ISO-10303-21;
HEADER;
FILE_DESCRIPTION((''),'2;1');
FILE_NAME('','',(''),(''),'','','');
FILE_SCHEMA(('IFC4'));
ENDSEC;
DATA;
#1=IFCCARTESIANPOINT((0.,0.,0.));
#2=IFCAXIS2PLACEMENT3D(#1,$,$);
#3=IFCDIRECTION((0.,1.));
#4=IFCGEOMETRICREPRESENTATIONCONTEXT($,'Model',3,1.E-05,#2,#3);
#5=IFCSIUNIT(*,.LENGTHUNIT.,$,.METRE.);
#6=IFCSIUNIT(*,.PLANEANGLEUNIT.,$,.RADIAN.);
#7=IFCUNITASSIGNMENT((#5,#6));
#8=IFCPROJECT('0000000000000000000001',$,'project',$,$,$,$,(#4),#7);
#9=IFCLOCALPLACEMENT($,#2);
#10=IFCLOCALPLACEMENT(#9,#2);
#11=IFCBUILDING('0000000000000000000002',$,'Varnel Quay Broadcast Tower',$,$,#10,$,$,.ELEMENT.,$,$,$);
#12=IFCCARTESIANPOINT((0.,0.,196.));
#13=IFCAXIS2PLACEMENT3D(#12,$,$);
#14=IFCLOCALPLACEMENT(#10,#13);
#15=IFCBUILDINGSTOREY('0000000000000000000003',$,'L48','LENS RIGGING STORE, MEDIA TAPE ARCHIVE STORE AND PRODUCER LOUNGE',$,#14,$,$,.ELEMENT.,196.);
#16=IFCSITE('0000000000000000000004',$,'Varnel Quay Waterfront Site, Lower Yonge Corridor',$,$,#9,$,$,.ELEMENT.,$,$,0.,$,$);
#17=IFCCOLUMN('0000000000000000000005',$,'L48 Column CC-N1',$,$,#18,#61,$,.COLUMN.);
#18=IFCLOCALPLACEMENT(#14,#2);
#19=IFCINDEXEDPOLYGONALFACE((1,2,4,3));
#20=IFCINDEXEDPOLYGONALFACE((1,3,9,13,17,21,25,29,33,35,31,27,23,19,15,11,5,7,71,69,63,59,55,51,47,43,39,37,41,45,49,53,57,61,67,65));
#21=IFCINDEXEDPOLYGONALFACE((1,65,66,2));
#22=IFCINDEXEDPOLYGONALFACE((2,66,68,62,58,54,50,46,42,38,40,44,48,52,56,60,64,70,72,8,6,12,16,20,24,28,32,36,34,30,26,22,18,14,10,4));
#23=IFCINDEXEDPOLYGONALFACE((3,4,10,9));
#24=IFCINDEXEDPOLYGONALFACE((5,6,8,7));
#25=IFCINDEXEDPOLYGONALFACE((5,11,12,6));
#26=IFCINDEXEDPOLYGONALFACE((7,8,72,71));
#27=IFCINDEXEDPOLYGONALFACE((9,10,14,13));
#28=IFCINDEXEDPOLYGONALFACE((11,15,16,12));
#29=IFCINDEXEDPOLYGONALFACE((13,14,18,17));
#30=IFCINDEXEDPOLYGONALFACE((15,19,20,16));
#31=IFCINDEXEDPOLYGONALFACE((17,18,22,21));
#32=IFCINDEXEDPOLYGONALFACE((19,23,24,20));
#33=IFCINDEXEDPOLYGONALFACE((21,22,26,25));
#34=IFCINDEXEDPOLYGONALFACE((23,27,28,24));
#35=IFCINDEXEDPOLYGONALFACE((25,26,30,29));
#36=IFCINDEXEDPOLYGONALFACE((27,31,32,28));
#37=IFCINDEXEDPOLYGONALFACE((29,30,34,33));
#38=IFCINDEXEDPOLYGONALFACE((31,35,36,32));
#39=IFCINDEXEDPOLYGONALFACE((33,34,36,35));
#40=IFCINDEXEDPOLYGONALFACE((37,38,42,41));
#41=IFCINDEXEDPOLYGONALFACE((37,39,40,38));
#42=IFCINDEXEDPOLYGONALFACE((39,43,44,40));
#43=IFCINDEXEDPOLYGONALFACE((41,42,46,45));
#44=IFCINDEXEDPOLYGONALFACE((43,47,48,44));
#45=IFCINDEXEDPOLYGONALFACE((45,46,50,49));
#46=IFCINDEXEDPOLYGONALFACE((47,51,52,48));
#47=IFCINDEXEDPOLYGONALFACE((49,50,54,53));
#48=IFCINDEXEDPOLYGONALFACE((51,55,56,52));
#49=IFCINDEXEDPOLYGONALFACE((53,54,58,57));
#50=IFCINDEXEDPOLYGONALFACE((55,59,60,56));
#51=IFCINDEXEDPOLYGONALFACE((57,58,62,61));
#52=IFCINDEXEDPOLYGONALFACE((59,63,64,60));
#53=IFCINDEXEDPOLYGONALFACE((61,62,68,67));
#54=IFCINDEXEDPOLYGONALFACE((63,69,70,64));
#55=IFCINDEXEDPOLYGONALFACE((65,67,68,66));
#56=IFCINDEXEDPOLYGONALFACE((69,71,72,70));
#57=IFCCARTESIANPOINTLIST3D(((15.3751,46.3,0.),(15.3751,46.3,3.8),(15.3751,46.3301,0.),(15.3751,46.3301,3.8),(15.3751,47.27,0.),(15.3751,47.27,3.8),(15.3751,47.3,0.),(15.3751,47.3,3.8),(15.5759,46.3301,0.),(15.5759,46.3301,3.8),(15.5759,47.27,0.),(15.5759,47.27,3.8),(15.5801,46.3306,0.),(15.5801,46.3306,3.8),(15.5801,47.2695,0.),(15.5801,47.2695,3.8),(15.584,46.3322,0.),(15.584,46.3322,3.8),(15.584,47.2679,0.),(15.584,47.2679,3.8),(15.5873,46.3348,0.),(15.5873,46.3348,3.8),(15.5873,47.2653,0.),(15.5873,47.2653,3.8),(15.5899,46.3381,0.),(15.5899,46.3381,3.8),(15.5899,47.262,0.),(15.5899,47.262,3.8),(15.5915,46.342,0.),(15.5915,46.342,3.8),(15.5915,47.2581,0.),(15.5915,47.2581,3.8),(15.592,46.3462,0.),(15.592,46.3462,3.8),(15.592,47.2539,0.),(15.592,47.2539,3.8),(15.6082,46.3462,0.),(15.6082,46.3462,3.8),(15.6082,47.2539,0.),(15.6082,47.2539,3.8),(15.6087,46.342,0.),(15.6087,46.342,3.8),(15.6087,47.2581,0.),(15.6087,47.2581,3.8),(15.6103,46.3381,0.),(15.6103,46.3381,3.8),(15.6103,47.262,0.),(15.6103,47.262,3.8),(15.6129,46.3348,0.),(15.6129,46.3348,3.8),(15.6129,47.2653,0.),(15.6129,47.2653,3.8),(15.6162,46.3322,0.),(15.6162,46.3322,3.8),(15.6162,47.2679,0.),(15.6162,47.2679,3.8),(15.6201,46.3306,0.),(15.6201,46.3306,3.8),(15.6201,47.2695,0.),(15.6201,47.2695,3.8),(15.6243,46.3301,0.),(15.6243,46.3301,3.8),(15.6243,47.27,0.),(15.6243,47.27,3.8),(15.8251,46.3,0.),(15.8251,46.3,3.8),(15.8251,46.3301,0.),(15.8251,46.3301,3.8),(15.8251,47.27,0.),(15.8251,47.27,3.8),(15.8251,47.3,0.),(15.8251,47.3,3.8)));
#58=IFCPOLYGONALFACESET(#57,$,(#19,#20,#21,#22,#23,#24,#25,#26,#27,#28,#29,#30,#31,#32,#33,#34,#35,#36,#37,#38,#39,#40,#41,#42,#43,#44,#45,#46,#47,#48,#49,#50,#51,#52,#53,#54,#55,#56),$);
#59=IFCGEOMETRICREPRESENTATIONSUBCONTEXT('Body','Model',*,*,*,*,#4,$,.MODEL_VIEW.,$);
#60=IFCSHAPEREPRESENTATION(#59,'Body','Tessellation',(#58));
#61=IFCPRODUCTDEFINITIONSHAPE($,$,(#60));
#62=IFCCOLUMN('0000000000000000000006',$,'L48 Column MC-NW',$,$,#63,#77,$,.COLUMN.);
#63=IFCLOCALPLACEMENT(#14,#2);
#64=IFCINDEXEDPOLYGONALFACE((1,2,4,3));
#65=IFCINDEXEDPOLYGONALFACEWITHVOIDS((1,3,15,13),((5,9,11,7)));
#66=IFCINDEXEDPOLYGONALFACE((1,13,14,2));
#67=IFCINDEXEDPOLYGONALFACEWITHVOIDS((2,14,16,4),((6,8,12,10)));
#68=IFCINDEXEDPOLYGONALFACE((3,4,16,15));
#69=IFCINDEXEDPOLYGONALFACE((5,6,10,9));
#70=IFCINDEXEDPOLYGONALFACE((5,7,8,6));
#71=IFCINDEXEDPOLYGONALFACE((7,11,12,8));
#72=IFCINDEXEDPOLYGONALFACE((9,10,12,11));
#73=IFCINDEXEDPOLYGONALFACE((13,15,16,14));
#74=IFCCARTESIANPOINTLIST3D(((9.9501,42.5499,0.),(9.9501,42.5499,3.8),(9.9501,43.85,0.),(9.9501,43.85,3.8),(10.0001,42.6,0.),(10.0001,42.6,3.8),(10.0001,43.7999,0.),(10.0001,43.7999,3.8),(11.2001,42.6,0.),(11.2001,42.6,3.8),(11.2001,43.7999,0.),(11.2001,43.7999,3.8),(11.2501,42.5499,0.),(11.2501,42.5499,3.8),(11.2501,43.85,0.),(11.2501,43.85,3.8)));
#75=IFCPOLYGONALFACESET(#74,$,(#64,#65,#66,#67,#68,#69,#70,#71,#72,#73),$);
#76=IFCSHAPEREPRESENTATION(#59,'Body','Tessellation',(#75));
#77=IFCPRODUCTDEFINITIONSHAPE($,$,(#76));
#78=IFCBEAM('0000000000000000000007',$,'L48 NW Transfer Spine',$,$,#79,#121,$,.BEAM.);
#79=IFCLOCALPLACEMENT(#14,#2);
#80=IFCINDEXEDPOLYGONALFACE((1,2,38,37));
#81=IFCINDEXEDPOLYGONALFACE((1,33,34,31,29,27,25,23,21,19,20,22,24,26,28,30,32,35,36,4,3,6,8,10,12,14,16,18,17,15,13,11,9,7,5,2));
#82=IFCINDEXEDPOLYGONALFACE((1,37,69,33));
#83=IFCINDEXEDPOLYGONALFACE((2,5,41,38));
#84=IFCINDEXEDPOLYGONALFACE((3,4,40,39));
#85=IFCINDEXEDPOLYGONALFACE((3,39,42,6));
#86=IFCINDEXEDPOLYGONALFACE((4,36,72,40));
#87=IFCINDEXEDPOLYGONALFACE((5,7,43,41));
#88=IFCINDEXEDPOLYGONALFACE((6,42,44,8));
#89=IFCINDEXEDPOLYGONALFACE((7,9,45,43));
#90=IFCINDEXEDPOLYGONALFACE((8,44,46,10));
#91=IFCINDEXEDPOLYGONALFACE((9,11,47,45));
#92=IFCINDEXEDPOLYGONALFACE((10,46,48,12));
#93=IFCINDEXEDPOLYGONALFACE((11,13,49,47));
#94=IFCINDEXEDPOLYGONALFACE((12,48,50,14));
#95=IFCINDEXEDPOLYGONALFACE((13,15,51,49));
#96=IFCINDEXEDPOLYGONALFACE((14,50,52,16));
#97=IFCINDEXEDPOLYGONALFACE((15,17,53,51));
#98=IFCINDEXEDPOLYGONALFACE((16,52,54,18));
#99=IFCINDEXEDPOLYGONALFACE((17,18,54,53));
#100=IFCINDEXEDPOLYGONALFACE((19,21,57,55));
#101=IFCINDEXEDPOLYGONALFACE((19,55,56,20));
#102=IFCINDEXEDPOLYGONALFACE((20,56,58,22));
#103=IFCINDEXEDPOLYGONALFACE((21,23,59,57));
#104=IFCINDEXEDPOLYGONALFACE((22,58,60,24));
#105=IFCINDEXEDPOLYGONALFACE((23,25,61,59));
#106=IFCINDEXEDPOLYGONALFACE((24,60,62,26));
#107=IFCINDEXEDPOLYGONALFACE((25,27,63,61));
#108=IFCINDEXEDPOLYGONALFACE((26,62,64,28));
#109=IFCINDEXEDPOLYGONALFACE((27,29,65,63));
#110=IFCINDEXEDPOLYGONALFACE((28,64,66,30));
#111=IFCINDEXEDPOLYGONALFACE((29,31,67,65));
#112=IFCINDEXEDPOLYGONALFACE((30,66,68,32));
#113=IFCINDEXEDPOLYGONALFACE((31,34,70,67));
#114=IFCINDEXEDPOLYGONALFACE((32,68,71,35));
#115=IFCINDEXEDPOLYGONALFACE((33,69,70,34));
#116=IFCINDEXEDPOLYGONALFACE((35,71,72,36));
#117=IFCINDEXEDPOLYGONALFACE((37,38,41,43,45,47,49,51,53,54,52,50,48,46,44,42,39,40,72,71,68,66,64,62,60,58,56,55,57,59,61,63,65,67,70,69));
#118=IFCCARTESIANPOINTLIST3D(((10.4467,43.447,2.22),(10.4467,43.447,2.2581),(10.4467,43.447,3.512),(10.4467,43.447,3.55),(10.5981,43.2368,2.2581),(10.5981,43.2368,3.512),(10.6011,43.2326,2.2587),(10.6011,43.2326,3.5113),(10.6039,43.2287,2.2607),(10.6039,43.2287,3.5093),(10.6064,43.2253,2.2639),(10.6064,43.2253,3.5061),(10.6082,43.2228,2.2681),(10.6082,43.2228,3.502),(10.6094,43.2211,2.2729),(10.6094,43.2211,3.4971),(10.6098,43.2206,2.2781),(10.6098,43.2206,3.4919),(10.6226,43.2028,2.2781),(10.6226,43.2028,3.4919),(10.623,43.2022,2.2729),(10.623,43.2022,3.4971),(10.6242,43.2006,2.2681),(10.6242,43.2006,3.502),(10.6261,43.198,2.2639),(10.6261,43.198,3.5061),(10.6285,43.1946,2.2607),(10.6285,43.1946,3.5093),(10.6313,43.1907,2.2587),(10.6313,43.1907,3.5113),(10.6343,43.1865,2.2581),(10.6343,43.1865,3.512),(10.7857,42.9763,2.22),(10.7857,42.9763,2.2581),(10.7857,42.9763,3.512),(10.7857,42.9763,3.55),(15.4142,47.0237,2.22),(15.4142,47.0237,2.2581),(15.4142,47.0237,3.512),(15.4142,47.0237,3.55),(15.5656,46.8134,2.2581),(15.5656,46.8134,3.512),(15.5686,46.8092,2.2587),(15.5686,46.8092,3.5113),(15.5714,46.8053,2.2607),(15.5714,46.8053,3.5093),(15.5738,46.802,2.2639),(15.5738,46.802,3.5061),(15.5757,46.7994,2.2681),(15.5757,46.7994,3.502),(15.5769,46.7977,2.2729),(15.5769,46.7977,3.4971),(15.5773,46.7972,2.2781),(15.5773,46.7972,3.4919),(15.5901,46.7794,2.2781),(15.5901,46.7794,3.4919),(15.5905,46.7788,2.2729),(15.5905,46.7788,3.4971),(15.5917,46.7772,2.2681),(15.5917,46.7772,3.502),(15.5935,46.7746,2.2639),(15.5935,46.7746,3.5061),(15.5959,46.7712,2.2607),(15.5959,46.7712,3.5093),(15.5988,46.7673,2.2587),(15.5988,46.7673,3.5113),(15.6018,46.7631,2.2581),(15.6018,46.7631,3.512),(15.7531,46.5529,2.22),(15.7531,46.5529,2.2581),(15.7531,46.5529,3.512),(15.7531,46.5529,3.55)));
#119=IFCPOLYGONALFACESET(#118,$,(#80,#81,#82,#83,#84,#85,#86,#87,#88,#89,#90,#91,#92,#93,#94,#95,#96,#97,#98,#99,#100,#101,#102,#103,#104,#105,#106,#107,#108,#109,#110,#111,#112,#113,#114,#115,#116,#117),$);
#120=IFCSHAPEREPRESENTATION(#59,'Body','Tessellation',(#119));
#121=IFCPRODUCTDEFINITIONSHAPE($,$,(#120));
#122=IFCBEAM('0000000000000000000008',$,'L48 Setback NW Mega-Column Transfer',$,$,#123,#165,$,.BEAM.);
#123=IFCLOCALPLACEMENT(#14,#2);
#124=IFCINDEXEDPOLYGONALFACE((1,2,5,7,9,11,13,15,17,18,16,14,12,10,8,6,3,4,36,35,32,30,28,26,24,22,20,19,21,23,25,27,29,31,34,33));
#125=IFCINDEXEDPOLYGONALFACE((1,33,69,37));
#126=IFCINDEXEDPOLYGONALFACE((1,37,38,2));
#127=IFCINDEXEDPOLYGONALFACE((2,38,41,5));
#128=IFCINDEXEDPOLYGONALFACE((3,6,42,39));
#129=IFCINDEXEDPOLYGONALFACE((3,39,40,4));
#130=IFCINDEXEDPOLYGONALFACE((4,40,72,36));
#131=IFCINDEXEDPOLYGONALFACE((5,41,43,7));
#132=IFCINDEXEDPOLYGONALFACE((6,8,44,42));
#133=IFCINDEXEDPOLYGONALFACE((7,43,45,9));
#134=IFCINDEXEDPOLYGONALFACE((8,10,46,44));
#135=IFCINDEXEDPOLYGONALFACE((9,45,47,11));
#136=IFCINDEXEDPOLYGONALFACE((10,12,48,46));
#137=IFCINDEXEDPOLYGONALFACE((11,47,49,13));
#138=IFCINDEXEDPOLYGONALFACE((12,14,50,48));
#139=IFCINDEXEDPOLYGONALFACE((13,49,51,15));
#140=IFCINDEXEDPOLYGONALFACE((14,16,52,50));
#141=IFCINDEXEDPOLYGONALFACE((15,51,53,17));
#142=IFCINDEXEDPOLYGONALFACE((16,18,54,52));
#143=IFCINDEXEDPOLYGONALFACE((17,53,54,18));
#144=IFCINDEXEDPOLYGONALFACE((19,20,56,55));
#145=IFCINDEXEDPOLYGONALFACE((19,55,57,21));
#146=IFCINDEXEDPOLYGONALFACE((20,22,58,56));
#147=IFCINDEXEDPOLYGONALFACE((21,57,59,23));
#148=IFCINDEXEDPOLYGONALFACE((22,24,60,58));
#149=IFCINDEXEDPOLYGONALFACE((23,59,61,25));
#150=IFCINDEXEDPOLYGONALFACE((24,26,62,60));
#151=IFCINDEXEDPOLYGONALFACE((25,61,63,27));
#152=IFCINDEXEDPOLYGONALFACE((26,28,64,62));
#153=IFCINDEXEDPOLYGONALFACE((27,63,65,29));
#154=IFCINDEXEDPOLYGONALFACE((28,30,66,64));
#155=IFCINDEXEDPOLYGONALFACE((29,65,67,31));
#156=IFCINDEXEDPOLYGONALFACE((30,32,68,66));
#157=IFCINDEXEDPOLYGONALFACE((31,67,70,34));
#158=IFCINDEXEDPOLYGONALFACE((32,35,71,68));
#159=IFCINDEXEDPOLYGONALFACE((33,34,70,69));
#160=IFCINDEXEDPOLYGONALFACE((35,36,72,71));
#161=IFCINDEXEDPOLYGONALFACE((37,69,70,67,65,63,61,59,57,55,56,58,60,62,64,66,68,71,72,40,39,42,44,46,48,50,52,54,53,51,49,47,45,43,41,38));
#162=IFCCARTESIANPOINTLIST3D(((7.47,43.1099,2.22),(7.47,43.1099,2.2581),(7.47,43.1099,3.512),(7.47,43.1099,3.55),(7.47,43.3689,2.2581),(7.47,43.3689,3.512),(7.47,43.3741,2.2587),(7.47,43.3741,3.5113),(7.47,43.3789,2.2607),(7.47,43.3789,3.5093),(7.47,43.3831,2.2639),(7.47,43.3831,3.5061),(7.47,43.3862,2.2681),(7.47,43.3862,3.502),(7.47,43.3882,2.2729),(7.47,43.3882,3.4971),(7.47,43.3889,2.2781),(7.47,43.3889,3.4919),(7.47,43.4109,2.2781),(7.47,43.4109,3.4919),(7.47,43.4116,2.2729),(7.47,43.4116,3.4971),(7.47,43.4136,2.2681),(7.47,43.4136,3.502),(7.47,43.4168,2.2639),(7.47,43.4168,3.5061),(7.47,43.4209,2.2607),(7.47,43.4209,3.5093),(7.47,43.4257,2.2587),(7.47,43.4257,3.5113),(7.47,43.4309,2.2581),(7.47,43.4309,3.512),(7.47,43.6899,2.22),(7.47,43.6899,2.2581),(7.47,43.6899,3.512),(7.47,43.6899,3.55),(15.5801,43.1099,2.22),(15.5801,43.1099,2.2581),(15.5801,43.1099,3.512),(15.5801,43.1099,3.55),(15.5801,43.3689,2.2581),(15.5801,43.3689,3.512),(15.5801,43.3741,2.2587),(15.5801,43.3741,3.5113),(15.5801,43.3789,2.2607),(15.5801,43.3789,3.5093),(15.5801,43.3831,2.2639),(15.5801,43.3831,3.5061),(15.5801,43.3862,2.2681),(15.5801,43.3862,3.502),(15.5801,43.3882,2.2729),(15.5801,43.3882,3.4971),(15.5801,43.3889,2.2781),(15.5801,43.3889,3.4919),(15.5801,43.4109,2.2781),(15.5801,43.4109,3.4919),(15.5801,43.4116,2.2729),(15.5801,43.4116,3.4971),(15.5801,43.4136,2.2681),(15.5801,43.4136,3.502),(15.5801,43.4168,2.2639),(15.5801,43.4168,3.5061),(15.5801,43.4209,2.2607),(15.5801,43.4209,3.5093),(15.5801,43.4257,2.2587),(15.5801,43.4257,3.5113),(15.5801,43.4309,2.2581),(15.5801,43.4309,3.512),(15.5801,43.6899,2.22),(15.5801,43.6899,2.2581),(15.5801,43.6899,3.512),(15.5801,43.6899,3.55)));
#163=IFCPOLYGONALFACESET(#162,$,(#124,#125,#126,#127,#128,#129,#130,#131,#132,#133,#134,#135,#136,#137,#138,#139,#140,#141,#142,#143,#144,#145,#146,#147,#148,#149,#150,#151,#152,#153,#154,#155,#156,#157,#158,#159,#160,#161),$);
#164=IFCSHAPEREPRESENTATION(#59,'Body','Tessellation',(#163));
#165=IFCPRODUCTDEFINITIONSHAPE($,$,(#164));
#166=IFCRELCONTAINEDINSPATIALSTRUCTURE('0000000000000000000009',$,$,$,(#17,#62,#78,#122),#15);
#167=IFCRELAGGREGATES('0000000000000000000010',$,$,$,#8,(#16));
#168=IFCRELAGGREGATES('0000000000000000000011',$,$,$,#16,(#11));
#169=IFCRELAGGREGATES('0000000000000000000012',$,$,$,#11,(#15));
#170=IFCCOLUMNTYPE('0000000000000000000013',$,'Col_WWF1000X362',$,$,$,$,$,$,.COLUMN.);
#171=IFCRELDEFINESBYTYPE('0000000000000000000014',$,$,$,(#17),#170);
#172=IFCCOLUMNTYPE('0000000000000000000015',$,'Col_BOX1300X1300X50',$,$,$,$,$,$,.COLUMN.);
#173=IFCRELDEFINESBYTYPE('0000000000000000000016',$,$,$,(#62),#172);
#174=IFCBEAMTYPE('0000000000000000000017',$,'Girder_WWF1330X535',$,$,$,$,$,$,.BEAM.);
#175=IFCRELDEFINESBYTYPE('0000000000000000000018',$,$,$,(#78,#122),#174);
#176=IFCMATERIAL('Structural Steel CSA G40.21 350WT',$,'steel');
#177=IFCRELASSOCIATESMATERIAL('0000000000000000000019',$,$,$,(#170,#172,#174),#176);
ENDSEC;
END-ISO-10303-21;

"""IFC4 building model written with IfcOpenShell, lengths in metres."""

from ifc_helpers import new_model, si_unit, direction, frame, origin, origin_2d, place, context, subcontext, project, spatial, hollow_rectangle, i_section, extrude, source, transform, mapped, material, material_profile, profile_set, type_object, type_shapes, element, save


model = new_model("IFC4")

# Units and contexts
model_context = context("Model", 3, precision=1e-05, world=origin(), true_north=direction((0.0, 1.0)))
body_context = subcontext(model_context, "Body", "Model", "MODEL_VIEW")
ifc_project = project(units=[si_unit("LENGTHUNIT", "METRE"), si_unit("PLANEANGLEUNIT", "RADIAN")], contexts=[model_context])

# Site, building, storey
site_placement = place(None, origin())
site = spatial("IfcSite", under=ifc_project, at=site_placement, Name="Varnel Quay Waterfront Site, Lower Yonge Corridor", CompositionType="ELEMENT", RefElevation=0.0)
building_placement = place(site_placement, origin())
building = spatial("IfcBuilding", under=site, at=building_placement, Name="Varnel Quay Broadcast Tower", CompositionType="ELEMENT")
storey_placement = place(building_placement, frame((0.0, 0.0, 196.0)))
storey = spatial("IfcBuildingStorey", under=building, at=storey_placement, Name="L48", Description="LENS RIGGING STORE, MEDIA TAPE ARCHIVE STORE AND PRODUCER LOUNGE", CompositionType="ELEMENT", Elevation=196.0)

# Columns
ifc_material_1 = material(Name="Structural Steel CSA G40.21 350WT", Category="steel")
ifc_material_profile_1 = material_profile(ifc_material_1, i_section(OverallWidth=0.45, OverallDepth=1.0, WebThickness=0.0161, FlangeThickness=0.03, FilletRadius=0.0161, at=origin_2d()), Name="WWF1000X362")
ifc_profile_set_1 = profile_set([ifc_material_profile_1], Name="Structural Steel CSA G40.21 350WT")
column_type_1 = type_object("IfcColumnType", Name="Col_WWF1000X362", PredefinedType="COLUMN", material=ifc_profile_set_1)
shared_shape_1 = source(origin(), body_context, "Body", "SweptSolid", [
    extrude(i_section(OverallWidth=0.45, OverallDepth=1.0, WebThickness=0.0161, FlangeThickness=0.03, FilletRadius=0.0161, at=origin_2d()), origin(), (0.0, 0.0, 1.0), 3.8),
])
type_shapes(column_type_1, [shared_shape_1])
column_1_placement = place(storey_placement, frame((15.6001, 46.8, 0.0), z_axis=(0.0, 0.0, 1.0), x_axis=(1.0, 0.0, 0.0)))
element("IfcColumn", 1, at=column_1_placement, inside=storey, type_object=column_type_1, Name="L48 Column CC-N1", PredefinedType="COLUMN", context=body_context, shape_type="MappedRepresentation", body=[
    mapped(shared_shape_1, transform((0.0, 0.0, 0.0), x_axis=(1.0, 0.0, 0.0), y_axis=(0.0, 1.0, 0.0), z_axis=(0.0, 0.0, 1.0), scale=1.0)),
])
ifc_material_profile_2 = material_profile(ifc_material_1, hollow_rectangle(XDim=1.3, YDim=1.3, WallThickness=0.05, at=origin_2d()), Name="BOX1300X1300X50")
ifc_profile_set_2 = profile_set([ifc_material_profile_2], Name="Structural Steel CSA G40.21 350WT")
column_type_2 = type_object("IfcColumnType", Name="Col_BOX1300X1300X50", PredefinedType="COLUMN", material=ifc_profile_set_2)
shared_shape_2 = source(origin(), body_context, "Body", "SweptSolid", [
    extrude(hollow_rectangle(XDim=1.3, YDim=1.3, WallThickness=0.05, at=origin_2d()), origin(), (0.0, 0.0, 1.0), 3.8),
])
type_shapes(column_type_2, [shared_shape_2])
column_2_placement = place(storey_placement, frame((10.6001, 43.2, 0.0), z_axis=(0.0, 0.0, 1.0), x_axis=(1.0, 0.0, 0.0)))
element("IfcColumn", 2, at=column_2_placement, inside=storey, type_object=column_type_2, Name="L48 Column MC-NW", PredefinedType="COLUMN", context=body_context, shape_type="MappedRepresentation", body=[
    mapped(shared_shape_2, transform((0.0, 0.0, 0.0), x_axis=(1.0, 0.0, 0.0), y_axis=(0.0, 1.0, 0.0), z_axis=(0.0, 0.0, 1.0), scale=1.0)),
])

# Beams
ifc_material_profile_3 = material_profile(ifc_material_1, i_section(OverallWidth=0.5801, OverallDepth=1.3301, WebThickness=0.022, FlangeThickness=0.0381, FilletRadius=0.02, at=origin_2d()), Name="WWF1330X535")
ifc_profile_set_3 = profile_set([ifc_material_profile_3], Name="Structural Steel CSA G40.21 350WT")
beam_type = type_object("IfcBeamType", Name="Girder_WWF1330X535", PredefinedType="BEAM", material=ifc_profile_set_3)
shared_shape_3 = source(origin(), body_context, "Body", "SweptSolid", [
    extrude(i_section(OverallWidth=0.5801, OverallDepth=1.3301, WebThickness=0.022, FlangeThickness=0.0381, FilletRadius=0.02, at=origin_2d()), origin(), (0.0, 0.0, 1.0), 6.1211),
])
beam_1_placement = place(storey_placement, frame((10.6162, 43.2117, 2.885), z_axis=(0.811531, 0.584309, 0.0), x_axis=(-0.584309, 0.811531, 0.0)))
element("IfcBeam", 3, at=beam_1_placement, inside=storey, type_object=beam_type, Name="L48 NW Transfer Spine", PredefinedType="BEAM", context=body_context, shape_type="MappedRepresentation", body=[
    mapped(shared_shape_3, transform((0.0, 0.0, 0.0), x_axis=(1.0, 0.0, 0.0), y_axis=(0.0, 1.0, 0.0), z_axis=(0.0, 0.0, 1.0), scale=1.0)),
])
shared_shape_4 = source(origin(), body_context, "Body", "SweptSolid", [
    extrude(i_section(OverallWidth=0.5801, OverallDepth=1.3301, WebThickness=0.022, FlangeThickness=0.0381, FilletRadius=0.02, at=origin_2d()), origin(), (0.0, 0.0, 1.0), 8.1101),
])
beam_2_placement = place(storey_placement, frame((7.47, 43.3999, 2.885), z_axis=(1.0, 0.0, 0.0), x_axis=(0.0, 1.0, 0.0)))
element("IfcBeam", 4, at=beam_2_placement, inside=storey, type_object=beam_type, Name="L48 Setback NW Mega-Column Transfer", PredefinedType="BEAM", context=body_context, shape_type="MappedRepresentation", body=[
    mapped(shared_shape_4, transform((0.0, 0.0, 0.0), x_axis=(1.0, 0.0, 0.0), y_axis=(0.0, 1.0, 0.0), z_axis=(0.0, 0.0, 1.0), scale=1.0)),
])

save(model, "model.ifc")
